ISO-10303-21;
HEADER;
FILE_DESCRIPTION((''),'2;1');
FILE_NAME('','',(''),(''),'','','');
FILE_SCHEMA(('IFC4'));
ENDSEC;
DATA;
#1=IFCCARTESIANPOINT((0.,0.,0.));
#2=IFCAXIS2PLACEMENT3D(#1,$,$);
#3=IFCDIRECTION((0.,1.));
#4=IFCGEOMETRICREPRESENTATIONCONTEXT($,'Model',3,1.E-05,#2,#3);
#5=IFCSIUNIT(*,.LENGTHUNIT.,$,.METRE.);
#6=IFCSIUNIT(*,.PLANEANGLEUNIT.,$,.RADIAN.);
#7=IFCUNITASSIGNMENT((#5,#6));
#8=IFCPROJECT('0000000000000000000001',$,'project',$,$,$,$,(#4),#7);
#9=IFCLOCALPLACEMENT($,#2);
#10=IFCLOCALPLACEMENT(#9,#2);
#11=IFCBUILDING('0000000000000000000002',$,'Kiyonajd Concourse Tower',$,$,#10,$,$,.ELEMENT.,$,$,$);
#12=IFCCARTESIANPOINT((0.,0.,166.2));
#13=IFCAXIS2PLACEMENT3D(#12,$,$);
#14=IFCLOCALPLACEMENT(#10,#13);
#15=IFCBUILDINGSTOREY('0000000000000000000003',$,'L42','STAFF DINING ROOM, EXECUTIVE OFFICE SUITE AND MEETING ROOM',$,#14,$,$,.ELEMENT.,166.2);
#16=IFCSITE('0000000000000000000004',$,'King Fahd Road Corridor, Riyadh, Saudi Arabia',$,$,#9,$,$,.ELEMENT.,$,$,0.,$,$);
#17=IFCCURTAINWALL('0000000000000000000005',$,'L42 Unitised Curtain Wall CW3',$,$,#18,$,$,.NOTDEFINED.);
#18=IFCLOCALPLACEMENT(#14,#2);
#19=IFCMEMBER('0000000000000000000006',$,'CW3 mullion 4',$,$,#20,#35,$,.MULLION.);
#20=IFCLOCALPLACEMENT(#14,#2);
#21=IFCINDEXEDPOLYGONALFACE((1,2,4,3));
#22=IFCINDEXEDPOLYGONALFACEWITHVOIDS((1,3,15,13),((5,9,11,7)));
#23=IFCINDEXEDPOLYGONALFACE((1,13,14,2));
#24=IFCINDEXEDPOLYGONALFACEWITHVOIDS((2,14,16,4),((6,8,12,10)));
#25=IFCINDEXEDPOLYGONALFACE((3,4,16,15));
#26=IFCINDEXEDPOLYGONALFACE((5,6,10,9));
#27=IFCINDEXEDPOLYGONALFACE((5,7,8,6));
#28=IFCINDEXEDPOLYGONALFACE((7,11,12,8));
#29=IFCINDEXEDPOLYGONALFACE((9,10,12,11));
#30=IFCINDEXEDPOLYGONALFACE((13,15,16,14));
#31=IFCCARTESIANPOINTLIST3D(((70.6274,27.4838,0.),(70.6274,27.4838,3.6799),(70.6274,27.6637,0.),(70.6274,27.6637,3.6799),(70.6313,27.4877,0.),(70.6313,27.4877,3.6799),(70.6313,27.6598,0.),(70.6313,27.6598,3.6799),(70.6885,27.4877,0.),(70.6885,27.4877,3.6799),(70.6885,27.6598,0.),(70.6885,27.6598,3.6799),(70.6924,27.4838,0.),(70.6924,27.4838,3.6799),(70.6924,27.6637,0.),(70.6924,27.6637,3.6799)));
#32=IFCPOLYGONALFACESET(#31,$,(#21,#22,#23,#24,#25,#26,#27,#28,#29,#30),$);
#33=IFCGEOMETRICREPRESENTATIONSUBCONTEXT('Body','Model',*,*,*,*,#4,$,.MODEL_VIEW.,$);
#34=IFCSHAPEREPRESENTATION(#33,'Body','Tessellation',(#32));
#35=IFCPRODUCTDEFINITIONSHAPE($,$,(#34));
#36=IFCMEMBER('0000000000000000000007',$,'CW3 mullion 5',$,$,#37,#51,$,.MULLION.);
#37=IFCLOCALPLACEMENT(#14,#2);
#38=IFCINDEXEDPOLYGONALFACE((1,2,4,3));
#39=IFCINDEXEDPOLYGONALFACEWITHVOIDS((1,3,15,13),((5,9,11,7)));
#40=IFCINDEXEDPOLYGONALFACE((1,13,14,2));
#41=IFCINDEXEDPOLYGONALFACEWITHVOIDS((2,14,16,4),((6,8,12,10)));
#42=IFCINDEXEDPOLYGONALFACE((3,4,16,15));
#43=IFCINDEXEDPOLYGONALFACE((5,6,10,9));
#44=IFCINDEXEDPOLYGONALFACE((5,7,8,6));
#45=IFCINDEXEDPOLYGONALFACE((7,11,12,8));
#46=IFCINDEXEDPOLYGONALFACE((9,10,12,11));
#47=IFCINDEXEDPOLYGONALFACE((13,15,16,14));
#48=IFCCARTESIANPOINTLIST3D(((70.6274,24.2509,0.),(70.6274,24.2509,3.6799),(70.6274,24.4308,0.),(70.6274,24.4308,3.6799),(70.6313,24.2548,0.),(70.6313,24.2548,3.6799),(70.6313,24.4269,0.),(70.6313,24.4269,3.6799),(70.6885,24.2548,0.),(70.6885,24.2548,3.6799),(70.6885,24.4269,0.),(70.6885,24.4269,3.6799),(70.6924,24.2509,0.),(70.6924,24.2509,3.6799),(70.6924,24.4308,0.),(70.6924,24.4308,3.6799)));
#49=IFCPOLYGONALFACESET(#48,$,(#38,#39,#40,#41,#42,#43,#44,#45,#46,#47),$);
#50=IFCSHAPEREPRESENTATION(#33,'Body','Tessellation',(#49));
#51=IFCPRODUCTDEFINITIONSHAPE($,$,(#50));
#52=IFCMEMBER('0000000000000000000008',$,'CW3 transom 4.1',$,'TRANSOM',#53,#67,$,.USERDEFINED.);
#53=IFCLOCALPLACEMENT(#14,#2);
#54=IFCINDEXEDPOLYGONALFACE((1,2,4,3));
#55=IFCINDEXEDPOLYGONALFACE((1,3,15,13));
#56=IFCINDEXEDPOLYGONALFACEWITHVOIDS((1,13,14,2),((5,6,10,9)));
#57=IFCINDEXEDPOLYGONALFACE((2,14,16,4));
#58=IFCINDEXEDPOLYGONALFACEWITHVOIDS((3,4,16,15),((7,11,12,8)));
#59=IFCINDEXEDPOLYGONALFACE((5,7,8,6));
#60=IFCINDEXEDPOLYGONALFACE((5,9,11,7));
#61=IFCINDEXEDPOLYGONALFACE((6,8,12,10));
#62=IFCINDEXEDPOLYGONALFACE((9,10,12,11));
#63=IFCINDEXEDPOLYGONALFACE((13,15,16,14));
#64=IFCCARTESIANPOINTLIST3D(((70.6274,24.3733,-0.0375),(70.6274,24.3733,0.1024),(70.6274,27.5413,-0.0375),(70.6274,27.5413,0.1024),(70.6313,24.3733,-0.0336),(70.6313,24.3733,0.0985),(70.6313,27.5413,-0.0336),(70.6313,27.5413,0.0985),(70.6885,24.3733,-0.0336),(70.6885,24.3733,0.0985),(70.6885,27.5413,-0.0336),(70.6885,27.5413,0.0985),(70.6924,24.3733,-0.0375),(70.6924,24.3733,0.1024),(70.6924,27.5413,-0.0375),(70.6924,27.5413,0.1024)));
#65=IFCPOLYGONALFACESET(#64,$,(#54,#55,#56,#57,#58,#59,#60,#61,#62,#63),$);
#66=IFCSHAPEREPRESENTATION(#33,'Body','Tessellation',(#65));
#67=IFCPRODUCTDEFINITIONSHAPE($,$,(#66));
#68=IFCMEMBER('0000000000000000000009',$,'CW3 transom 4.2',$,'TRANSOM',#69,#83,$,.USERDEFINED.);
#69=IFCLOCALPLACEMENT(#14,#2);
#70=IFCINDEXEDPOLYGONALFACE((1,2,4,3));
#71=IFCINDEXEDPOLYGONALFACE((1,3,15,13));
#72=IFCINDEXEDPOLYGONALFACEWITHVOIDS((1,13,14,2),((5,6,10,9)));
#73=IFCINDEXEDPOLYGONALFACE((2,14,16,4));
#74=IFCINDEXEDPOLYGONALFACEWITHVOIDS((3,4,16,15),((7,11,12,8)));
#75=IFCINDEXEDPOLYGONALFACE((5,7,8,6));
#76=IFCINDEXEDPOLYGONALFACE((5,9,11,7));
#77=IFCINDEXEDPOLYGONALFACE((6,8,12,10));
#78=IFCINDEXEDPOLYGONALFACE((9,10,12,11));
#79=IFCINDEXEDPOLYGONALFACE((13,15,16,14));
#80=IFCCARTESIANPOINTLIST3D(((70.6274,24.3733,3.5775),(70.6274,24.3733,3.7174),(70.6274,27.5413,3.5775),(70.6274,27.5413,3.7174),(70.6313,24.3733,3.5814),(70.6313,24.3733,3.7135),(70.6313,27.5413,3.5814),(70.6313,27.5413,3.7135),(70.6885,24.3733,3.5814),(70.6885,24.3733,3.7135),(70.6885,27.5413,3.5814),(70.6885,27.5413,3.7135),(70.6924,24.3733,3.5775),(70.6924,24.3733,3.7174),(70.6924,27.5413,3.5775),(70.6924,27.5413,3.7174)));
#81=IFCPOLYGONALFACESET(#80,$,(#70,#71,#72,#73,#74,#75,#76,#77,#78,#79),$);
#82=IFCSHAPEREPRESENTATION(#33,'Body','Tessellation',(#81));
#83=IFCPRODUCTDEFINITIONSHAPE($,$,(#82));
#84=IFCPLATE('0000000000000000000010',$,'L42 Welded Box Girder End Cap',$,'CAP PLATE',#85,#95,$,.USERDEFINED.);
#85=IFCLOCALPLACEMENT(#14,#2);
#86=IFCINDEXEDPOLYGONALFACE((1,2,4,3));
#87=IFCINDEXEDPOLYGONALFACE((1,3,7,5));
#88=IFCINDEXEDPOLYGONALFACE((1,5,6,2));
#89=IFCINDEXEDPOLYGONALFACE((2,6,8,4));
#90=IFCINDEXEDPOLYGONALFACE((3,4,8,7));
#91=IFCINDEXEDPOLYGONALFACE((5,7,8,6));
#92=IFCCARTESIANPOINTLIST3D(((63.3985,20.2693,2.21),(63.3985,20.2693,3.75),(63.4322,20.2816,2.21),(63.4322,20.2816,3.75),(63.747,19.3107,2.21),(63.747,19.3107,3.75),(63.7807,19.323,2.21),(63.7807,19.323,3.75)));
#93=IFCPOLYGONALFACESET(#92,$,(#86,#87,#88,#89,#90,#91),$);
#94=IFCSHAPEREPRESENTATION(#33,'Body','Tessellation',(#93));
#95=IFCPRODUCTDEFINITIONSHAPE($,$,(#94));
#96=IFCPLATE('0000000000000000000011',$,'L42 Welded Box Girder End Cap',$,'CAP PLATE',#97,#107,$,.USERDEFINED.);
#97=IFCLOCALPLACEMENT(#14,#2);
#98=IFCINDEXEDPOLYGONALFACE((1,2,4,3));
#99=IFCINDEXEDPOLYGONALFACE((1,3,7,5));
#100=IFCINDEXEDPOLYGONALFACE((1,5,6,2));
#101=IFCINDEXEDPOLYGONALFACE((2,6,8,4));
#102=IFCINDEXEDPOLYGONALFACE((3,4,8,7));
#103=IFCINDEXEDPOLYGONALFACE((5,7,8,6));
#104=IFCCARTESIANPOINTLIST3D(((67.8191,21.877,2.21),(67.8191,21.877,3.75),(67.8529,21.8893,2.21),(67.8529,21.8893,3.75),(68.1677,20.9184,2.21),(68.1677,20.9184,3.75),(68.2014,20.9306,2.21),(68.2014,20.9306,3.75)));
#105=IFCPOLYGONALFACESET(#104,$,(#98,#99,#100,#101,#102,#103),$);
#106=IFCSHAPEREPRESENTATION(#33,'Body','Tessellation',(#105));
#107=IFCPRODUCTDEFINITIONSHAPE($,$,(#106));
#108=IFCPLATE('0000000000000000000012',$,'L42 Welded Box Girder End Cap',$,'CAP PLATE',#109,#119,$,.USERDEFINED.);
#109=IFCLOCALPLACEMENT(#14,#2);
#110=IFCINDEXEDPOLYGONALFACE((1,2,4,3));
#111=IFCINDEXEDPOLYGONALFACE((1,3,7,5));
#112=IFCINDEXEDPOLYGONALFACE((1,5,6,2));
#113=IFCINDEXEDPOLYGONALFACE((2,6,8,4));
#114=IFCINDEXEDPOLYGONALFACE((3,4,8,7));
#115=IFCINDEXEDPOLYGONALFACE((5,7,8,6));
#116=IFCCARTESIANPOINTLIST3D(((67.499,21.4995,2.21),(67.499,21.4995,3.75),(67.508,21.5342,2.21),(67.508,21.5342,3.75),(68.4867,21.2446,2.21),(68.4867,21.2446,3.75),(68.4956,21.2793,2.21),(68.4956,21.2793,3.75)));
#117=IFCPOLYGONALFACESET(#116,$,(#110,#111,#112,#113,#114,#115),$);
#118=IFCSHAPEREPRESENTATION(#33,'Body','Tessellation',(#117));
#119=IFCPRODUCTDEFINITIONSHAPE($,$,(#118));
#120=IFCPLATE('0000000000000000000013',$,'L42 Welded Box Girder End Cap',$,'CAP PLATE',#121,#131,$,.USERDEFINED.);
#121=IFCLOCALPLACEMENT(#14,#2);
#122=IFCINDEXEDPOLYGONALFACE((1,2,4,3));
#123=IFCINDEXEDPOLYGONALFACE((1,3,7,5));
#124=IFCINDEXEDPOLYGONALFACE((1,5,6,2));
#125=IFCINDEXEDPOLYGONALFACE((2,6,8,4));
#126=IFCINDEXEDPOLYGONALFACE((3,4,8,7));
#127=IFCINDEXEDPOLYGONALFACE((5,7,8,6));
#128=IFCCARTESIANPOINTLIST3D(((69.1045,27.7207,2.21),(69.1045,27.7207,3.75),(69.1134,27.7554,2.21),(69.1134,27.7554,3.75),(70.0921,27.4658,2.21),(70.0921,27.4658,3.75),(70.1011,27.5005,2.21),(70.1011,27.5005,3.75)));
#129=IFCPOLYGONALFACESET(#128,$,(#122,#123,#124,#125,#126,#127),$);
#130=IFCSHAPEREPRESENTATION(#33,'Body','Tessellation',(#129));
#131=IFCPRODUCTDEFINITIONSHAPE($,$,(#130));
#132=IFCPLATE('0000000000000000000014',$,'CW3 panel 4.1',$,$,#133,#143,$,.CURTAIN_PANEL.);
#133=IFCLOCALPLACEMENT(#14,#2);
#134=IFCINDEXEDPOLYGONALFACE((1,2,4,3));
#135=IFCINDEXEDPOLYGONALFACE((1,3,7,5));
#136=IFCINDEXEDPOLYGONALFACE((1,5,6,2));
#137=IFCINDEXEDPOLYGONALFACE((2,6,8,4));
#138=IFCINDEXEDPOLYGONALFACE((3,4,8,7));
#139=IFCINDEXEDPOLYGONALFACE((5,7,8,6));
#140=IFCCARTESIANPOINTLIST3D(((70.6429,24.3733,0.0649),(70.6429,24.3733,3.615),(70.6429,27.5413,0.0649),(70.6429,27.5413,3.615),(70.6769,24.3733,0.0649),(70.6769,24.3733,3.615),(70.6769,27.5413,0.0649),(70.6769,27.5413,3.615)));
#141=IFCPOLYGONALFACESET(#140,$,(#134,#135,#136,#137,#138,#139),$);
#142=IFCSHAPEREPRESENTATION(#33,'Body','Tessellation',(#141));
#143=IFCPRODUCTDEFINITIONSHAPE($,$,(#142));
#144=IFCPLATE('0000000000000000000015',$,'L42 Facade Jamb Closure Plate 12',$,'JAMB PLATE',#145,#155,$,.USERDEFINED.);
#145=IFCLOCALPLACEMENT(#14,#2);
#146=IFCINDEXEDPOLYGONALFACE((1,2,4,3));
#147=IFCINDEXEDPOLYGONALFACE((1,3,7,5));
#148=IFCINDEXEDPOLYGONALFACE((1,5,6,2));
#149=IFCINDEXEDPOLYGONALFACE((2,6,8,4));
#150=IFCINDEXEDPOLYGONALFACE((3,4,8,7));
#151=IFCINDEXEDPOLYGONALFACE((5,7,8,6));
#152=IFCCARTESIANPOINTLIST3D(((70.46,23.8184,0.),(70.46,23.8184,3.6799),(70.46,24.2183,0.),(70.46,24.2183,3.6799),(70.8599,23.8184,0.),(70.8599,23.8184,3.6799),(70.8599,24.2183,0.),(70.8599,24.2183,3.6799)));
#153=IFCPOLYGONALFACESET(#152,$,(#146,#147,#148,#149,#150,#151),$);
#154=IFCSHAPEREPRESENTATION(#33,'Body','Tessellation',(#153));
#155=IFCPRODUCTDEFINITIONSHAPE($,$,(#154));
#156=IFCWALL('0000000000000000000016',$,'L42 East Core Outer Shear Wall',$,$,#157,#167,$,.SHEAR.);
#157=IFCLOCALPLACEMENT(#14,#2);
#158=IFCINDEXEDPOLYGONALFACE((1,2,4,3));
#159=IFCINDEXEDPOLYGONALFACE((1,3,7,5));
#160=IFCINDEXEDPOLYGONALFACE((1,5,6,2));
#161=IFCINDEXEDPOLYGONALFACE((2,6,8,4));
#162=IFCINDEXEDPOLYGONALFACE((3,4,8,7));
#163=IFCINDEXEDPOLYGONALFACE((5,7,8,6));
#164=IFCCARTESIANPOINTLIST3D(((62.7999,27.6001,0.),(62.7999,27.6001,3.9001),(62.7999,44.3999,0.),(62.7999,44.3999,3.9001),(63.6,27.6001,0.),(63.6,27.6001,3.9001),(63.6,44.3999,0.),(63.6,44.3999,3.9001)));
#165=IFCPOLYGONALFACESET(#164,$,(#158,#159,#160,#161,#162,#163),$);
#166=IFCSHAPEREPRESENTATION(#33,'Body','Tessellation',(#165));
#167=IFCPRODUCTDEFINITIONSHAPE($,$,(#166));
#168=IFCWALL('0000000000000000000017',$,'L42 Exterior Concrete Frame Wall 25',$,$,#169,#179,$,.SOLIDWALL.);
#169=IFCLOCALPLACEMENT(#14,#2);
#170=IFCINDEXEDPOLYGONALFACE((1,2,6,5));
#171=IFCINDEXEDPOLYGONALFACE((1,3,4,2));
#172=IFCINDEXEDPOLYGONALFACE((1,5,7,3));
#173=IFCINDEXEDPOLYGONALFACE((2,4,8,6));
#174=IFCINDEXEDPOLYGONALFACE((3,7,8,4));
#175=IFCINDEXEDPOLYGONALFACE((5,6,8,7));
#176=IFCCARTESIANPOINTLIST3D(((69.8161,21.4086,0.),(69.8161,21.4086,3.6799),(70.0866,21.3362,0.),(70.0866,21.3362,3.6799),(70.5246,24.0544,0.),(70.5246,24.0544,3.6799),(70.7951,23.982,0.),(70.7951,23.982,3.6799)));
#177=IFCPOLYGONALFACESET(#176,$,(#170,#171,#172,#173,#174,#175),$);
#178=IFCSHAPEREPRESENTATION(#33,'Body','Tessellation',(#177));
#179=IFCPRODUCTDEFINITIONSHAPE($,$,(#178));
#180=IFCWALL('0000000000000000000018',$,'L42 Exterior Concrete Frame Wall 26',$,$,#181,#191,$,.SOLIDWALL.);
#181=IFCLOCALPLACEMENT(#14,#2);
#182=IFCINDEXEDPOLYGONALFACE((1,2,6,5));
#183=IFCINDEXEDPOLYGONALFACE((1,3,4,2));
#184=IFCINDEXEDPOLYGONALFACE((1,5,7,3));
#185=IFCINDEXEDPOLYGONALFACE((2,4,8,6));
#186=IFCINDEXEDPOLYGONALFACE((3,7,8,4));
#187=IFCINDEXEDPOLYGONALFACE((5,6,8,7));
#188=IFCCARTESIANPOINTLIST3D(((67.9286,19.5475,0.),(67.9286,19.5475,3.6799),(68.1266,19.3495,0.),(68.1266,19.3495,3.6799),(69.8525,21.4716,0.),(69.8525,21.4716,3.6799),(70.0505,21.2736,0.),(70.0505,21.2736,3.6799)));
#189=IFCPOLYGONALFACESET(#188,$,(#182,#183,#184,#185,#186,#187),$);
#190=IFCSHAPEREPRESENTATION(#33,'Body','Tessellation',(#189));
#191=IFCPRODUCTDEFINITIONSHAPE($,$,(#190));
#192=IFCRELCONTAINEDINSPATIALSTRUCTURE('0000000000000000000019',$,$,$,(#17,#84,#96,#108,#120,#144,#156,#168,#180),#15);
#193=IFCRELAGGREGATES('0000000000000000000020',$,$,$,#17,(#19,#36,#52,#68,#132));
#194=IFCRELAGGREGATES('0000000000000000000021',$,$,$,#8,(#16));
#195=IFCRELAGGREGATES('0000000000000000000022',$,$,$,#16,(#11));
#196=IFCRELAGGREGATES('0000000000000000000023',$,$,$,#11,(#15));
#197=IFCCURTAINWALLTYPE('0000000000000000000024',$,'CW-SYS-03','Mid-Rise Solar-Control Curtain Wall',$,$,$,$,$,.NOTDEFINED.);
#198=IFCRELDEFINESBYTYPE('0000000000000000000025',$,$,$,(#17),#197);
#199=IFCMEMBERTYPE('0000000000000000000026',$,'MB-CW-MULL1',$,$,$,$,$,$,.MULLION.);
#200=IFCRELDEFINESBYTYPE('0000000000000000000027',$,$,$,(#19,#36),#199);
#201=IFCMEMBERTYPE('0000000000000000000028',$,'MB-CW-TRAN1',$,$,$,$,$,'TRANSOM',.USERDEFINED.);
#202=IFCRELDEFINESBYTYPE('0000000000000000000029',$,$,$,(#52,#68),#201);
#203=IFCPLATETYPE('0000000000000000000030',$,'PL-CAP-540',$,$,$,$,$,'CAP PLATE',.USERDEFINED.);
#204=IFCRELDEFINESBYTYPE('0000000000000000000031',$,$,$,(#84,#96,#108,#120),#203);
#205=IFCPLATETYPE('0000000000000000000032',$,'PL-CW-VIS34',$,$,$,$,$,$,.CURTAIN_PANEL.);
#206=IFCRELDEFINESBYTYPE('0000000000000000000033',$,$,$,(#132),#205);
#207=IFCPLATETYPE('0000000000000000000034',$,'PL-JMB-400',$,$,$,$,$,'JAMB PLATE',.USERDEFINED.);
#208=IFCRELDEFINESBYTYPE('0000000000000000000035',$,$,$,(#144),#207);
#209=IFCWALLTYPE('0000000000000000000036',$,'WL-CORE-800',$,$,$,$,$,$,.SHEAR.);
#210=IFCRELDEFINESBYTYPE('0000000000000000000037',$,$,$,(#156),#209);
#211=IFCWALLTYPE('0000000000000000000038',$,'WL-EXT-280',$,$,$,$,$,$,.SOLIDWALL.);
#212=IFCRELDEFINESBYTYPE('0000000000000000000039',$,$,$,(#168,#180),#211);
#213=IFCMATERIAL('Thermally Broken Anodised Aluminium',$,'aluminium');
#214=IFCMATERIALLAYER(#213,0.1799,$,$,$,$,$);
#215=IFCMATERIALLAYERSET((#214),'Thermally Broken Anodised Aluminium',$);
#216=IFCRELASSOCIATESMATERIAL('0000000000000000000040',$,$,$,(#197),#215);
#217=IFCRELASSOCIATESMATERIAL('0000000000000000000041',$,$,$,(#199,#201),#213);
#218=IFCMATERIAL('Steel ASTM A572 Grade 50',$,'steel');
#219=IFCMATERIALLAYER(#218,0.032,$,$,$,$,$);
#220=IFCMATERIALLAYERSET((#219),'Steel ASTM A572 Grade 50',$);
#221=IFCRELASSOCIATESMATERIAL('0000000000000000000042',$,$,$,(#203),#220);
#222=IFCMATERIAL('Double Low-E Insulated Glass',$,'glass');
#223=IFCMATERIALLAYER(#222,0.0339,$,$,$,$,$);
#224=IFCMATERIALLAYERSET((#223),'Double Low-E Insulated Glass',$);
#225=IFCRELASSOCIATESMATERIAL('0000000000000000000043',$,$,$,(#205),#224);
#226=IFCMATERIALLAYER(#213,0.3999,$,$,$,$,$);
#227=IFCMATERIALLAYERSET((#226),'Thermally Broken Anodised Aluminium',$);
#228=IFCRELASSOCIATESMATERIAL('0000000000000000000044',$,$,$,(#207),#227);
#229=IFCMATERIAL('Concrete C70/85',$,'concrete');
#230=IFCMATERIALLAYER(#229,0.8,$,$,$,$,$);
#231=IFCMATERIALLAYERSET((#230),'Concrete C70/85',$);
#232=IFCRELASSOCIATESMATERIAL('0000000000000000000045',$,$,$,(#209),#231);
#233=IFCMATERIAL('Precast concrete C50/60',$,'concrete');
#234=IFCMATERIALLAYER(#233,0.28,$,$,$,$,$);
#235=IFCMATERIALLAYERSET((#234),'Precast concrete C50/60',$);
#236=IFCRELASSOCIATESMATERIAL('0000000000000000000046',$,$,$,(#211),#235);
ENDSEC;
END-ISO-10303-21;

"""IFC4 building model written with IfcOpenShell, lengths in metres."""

from ifc_helpers import new_model, si_unit, direction, frame, frame_2d, origin, origin_2d, place, context, subcontext, project, spatial, rectangle, hollow_rectangle, extrude, material, layer, layer_set, material_profile, profile_set, type_object, element, aggregate, save


model = new_model("IFC4")

# Units and contexts
model_context = context("Model", 3, precision=1e-05, world=origin(), true_north=direction((0.0, 1.0)))
body_context = subcontext(model_context, "Body", "Model", "MODEL_VIEW")
ifc_project = project(units=[si_unit("LENGTHUNIT", "METRE"), si_unit("PLANEANGLEUNIT", "RADIAN")], contexts=[model_context])

# Site, building, storey
site_placement = place(None, origin())
site = spatial("IfcSite", under=ifc_project, at=site_placement, Name="King Fahd Road Corridor, Riyadh, Saudi Arabia", CompositionType="ELEMENT", RefElevation=0.0)
building_placement = place(site_placement, origin())
building = spatial("IfcBuilding", under=site, at=building_placement, Name="Kiyonajd Concourse Tower", CompositionType="ELEMENT")
storey_placement = place(building_placement, frame((0.0, 0.0, 166.2)))
storey = spatial("IfcBuildingStorey", under=building, at=storey_placement, Name="L42", Description="STAFF DINING ROOM, EXECUTIVE OFFICE SUITE AND MEETING ROOM", CompositionType="ELEMENT", Elevation=166.2)

# Shared definitions
ifc_material_1 = material(Name="Concrete C70/85", Category="concrete")

# Shared definitions
ifc_material_2 = material(Name="Steel ASTM A572 Grade 50", Category="steel")

# Curtain wall, members
ifc_material_3 = material(Name="Thermally Broken Anodised Aluminium", Category="aluminium")
ifc_layer_1 = layer(ifc_material_3, 0.1799)
ifc_layer_set_1 = layer_set([ifc_layer_1], Name="Thermally Broken Anodised Aluminium")
curtain_wall_type = type_object("IfcCurtainWallType", Name="CW-SYS-03", Description="Mid-Rise Solar-Control Curtain Wall", PredefinedType="NOTDEFINED", material=ifc_layer_set_1)
curtain_wall_placement = place(storey_placement, origin())
curtain_wall = element("IfcCurtainWall", 1, at=curtain_wall_placement, inside=storey, type_object=curtain_wall_type, Name="L42 Unitised Curtain Wall CW3", PredefinedType="NOTDEFINED")
ifc_material_profile_1 = material_profile(ifc_material_3, hollow_rectangle(XDim=0.0649, YDim=0.1799, WallThickness=0.0039, at=origin_2d()), Name="MULL-65x180")
ifc_profile_set_1 = profile_set([ifc_material_profile_1], Name="Thermally Broken Anodised Aluminium")
member_type_1 = type_object("IfcMemberType", Name="MB-CW-MULL1", PredefinedType="MULLION", material=ifc_profile_set_1)
member_1_placement = place(storey_placement, frame((70.6599, 27.5737, 0.0), z_axis=(0.0, 0.0, 1.0), x_axis=(1.0, 0.0, 0.0)))
member_1 = element("IfcMember", 2, at=member_1_placement, type_object=member_type_1, Name="CW3 mullion 4", PredefinedType="MULLION", context=body_context, shape_type="SweptSolid", body=[
    extrude(hollow_rectangle(XDim=0.0649, YDim=0.1799, WallThickness=0.0039, at=origin_2d()), origin(), (0.0, 0.0, 1.0), 3.6799),
])
member_2_placement = place(storey_placement, frame((70.6599, 24.3408, 0.0), z_axis=(0.0, 0.0, 1.0), x_axis=(1.0, 0.0, 0.0)))
member_2 = element("IfcMember", 3, at=member_2_placement, type_object=member_type_1, Name="CW3 mullion 5", PredefinedType="MULLION", context=body_context, shape_type="SweptSolid", body=[
    extrude(hollow_rectangle(XDim=0.0649, YDim=0.1799, WallThickness=0.0039, at=origin_2d()), origin(), (0.0, 0.0, 1.0), 3.6799),
])
ifc_material_profile_2 = material_profile(ifc_material_3, hollow_rectangle(XDim=0.0649, YDim=0.1399, WallThickness=0.0039, at=origin_2d()), Name="TRAN-65x140")
ifc_profile_set_2 = profile_set([ifc_material_profile_2], Name="Thermally Broken Anodised Aluminium")
member_type_2 = type_object("IfcMemberType", Name="MB-CW-TRAN1", ElementType="TRANSOM", PredefinedType="USERDEFINED", material=ifc_profile_set_2)
member_3_placement = place(storey_placement, frame((70.6599, 27.5413, 0.0325), z_axis=(0.0, -1.0, 0.0), x_axis=(1.0, 0.0, 0.0)))
member_3 = element("IfcMember", 4, at=member_3_placement, type_object=member_type_2, Name="CW3 transom 4.1", ObjectType="TRANSOM", PredefinedType="USERDEFINED", context=body_context, shape_type="SweptSolid", body=[
    extrude(hollow_rectangle(XDim=0.0649, YDim=0.1399, WallThickness=0.0039, at=origin_2d()), origin(), (0.0, 0.0, 1.0), 3.168),
])
member_4_placement = place(storey_placement, frame((70.6599, 27.5413, 3.6475), z_axis=(0.0, -1.0, 0.0), x_axis=(1.0, 0.0, 0.0)))
member_4 = element("IfcMember", 5, at=member_4_placement, type_object=member_type_2, Name="CW3 transom 4.2", ObjectType="TRANSOM", PredefinedType="USERDEFINED", context=body_context, shape_type="SweptSolid", body=[
    extrude(hollow_rectangle(XDim=0.0649, YDim=0.1399, WallThickness=0.0039, at=origin_2d()), origin(), (0.0, 0.0, 1.0), 3.168),
])

# Plates
ifc_layer_2 = layer(ifc_material_2, 0.032)
ifc_layer_set_2 = layer_set([ifc_layer_2], Name="Steel ASTM A572 Grade 50")
plate_type_1 = type_object("IfcPlateType", Name="PL-CAP-540", ElementType="CAP PLATE", PredefinedType="USERDEFINED", material=ifc_layer_set_2)
for number, where, z_axis, x_axis, name in (
    (6, (63.5896, 19.7961, 2.21), (0.0, 0.0, 1.0), (-0.939812, -0.341692, 0.0), "L42 Welded Box Girder End Cap"),
    (7, (68.0103, 21.4038, 2.21), (0.0, 0.0, 1.0), (0.939812, 0.341692, 0.0), "L42 Welded Box Girder End Cap"),
    (8, (67.9973, 21.3894, 2.21), (0.0, 0.0, 1.0), (-0.249873, -0.968279, 0.0), "L42 Welded Box Girder End Cap"),
    (9, (69.6028, 27.6106, 2.21), (0.0, 0.0, 1.0), (0.249873, 0.968279, 0.0), "L42 Welded Box Girder End Cap"),
):
    element("IfcPlate", number, at=place(storey_placement, frame(where, z_axis=z_axis, x_axis=x_axis)), inside=storey, type_object=plate_type_1, Name=name, ObjectType="CAP PLATE", PredefinedType="USERDEFINED", context=body_context, shape_type="SweptSolid", body=[
        extrude(rectangle(XDim=0.0359, YDim=1.02, at=origin_2d()), origin(), (0.0, 0.0, 1.0), 1.54),
    ])

# Plates
ifc_material_4 = material(Name="Double Low-E Insulated Glass", Category="glass")
ifc_layer_3 = layer(ifc_material_4, 0.0339)
ifc_layer_set_3 = layer_set([ifc_layer_3], Name="Double Low-E Insulated Glass")
plate_type_2 = type_object("IfcPlateType", Name="PL-CW-VIS34", PredefinedType="CURTAIN_PANEL", material=ifc_layer_set_3)
plate_1_placement = place(storey_placement, frame((70.6599, 25.9573, 0.0649), z_axis=(0.0, 0.0, 1.0), x_axis=(0.0, -1.0, 0.0)))
plate_1 = element("IfcPlate", 10, at=plate_1_placement, type_object=plate_type_2, Name="CW3 panel 4.1", PredefinedType="CURTAIN_PANEL", context=body_context, shape_type="SweptSolid", body=[
    extrude(rectangle(XDim=3.168, YDim=0.0339, at=origin_2d()), origin(), (0.0, 0.0, 1.0), 3.55),
])
aggregate(curtain_wall, [member_1, member_2, member_3, member_4, plate_1])
ifc_layer_4 = layer(ifc_material_3, 0.3999)
ifc_layer_set_4 = layer_set([ifc_layer_4], Name="Thermally Broken Anodised Aluminium")
plate_type_3 = type_object("IfcPlateType", Name="PL-JMB-400", ElementType="JAMB PLATE", PredefinedType="USERDEFINED", material=ifc_layer_set_4)
plate_2_placement = place(storey_placement, frame((70.6599, 24.0183, 0.0), z_axis=(0.0, 0.0, 1.0), x_axis=(1.0, 0.0, 0.0)))
element("IfcPlate", 11, at=plate_2_placement, inside=storey, type_object=plate_type_3, Name="L42 Facade Jamb Closure Plate 12", ObjectType="JAMB PLATE", PredefinedType="USERDEFINED", context=body_context, shape_type="SweptSolid", body=[
    extrude(rectangle(XDim=0.3999, YDim=0.3999, at=origin_2d()), origin(), (0.0, 0.0, 1.0), 3.6799),
])

# Walls
ifc_layer_5 = layer(ifc_material_1, 0.8)
ifc_layer_set_5 = layer_set([ifc_layer_5], Name="Concrete C70/85")
wall_type_1 = type_object("IfcWallType", Name="WL-CORE-800", PredefinedType="SHEAR", material=ifc_layer_set_5)
wall_1_placement = place(storey_placement, frame((63.2, 27.6001, 0.0), z_axis=(0.0, 0.0, 1.0), x_axis=(0.0, 1.0, 0.0)))
element("IfcWall", 12, at=wall_1_placement, inside=storey, type_object=wall_type_1, Name="L42 East Core Outer Shear Wall", PredefinedType="SHEAR", context=body_context, shape_type="SweptSolid", body=[
    extrude(rectangle(XDim=16.7998, YDim=0.8, at=frame_2d((8.3999, 0.0))), origin(), (0.0, 0.0, 1.0), 3.9001),
])
ifc_material_5 = material(Name="Precast concrete C50/60", Category="concrete")
ifc_layer_6 = layer(ifc_material_5, 0.28)
ifc_layer_set_6 = layer_set([ifc_layer_6], Name="Precast concrete C50/60")
wall_type_2 = type_object("IfcWallType", Name="WL-EXT-280", PredefinedType="SOLIDWALL", material=ifc_layer_set_6)
wall_2_placement = place(storey_placement, frame((70.6599, 24.0183, 0.0), z_axis=(0.0, 0.0, 1.0), x_axis=(-0.258672, -0.965965, 0.0)))
element("IfcWall", 13, at=wall_2_placement, inside=storey, type_object=wall_type_2, Name="L42 Exterior Concrete Frame Wall 25", PredefinedType="SOLIDWALL", context=body_context, shape_type="SweptSolid", body=[
    extrude(rectangle(XDim=2.739, YDim=0.28, at=frame_2d((1.3696, 0.0))), origin(), (0.0, 0.0, 1.0), 3.6799),
])
wall_3_placement = place(storey_placement, frame((69.9514, 21.3726, 0.0), z_axis=(0.0, 0.0, 1.0), x_axis=(-0.707062, -0.707152, 0.0)))
element("IfcWall", 14, at=wall_3_placement, inside=storey, type_object=wall_type_2, Name="L42 Exterior Concrete Frame Wall 26", PredefinedType="SOLIDWALL", context=body_context, shape_type="SweptSolid", body=[
    extrude(rectangle(XDim=2.7209, YDim=0.28, at=frame_2d((1.3604, 0.0))), origin(), (0.0, 0.0, 1.0), 3.6799),
])

save(model, "model.ifc")
